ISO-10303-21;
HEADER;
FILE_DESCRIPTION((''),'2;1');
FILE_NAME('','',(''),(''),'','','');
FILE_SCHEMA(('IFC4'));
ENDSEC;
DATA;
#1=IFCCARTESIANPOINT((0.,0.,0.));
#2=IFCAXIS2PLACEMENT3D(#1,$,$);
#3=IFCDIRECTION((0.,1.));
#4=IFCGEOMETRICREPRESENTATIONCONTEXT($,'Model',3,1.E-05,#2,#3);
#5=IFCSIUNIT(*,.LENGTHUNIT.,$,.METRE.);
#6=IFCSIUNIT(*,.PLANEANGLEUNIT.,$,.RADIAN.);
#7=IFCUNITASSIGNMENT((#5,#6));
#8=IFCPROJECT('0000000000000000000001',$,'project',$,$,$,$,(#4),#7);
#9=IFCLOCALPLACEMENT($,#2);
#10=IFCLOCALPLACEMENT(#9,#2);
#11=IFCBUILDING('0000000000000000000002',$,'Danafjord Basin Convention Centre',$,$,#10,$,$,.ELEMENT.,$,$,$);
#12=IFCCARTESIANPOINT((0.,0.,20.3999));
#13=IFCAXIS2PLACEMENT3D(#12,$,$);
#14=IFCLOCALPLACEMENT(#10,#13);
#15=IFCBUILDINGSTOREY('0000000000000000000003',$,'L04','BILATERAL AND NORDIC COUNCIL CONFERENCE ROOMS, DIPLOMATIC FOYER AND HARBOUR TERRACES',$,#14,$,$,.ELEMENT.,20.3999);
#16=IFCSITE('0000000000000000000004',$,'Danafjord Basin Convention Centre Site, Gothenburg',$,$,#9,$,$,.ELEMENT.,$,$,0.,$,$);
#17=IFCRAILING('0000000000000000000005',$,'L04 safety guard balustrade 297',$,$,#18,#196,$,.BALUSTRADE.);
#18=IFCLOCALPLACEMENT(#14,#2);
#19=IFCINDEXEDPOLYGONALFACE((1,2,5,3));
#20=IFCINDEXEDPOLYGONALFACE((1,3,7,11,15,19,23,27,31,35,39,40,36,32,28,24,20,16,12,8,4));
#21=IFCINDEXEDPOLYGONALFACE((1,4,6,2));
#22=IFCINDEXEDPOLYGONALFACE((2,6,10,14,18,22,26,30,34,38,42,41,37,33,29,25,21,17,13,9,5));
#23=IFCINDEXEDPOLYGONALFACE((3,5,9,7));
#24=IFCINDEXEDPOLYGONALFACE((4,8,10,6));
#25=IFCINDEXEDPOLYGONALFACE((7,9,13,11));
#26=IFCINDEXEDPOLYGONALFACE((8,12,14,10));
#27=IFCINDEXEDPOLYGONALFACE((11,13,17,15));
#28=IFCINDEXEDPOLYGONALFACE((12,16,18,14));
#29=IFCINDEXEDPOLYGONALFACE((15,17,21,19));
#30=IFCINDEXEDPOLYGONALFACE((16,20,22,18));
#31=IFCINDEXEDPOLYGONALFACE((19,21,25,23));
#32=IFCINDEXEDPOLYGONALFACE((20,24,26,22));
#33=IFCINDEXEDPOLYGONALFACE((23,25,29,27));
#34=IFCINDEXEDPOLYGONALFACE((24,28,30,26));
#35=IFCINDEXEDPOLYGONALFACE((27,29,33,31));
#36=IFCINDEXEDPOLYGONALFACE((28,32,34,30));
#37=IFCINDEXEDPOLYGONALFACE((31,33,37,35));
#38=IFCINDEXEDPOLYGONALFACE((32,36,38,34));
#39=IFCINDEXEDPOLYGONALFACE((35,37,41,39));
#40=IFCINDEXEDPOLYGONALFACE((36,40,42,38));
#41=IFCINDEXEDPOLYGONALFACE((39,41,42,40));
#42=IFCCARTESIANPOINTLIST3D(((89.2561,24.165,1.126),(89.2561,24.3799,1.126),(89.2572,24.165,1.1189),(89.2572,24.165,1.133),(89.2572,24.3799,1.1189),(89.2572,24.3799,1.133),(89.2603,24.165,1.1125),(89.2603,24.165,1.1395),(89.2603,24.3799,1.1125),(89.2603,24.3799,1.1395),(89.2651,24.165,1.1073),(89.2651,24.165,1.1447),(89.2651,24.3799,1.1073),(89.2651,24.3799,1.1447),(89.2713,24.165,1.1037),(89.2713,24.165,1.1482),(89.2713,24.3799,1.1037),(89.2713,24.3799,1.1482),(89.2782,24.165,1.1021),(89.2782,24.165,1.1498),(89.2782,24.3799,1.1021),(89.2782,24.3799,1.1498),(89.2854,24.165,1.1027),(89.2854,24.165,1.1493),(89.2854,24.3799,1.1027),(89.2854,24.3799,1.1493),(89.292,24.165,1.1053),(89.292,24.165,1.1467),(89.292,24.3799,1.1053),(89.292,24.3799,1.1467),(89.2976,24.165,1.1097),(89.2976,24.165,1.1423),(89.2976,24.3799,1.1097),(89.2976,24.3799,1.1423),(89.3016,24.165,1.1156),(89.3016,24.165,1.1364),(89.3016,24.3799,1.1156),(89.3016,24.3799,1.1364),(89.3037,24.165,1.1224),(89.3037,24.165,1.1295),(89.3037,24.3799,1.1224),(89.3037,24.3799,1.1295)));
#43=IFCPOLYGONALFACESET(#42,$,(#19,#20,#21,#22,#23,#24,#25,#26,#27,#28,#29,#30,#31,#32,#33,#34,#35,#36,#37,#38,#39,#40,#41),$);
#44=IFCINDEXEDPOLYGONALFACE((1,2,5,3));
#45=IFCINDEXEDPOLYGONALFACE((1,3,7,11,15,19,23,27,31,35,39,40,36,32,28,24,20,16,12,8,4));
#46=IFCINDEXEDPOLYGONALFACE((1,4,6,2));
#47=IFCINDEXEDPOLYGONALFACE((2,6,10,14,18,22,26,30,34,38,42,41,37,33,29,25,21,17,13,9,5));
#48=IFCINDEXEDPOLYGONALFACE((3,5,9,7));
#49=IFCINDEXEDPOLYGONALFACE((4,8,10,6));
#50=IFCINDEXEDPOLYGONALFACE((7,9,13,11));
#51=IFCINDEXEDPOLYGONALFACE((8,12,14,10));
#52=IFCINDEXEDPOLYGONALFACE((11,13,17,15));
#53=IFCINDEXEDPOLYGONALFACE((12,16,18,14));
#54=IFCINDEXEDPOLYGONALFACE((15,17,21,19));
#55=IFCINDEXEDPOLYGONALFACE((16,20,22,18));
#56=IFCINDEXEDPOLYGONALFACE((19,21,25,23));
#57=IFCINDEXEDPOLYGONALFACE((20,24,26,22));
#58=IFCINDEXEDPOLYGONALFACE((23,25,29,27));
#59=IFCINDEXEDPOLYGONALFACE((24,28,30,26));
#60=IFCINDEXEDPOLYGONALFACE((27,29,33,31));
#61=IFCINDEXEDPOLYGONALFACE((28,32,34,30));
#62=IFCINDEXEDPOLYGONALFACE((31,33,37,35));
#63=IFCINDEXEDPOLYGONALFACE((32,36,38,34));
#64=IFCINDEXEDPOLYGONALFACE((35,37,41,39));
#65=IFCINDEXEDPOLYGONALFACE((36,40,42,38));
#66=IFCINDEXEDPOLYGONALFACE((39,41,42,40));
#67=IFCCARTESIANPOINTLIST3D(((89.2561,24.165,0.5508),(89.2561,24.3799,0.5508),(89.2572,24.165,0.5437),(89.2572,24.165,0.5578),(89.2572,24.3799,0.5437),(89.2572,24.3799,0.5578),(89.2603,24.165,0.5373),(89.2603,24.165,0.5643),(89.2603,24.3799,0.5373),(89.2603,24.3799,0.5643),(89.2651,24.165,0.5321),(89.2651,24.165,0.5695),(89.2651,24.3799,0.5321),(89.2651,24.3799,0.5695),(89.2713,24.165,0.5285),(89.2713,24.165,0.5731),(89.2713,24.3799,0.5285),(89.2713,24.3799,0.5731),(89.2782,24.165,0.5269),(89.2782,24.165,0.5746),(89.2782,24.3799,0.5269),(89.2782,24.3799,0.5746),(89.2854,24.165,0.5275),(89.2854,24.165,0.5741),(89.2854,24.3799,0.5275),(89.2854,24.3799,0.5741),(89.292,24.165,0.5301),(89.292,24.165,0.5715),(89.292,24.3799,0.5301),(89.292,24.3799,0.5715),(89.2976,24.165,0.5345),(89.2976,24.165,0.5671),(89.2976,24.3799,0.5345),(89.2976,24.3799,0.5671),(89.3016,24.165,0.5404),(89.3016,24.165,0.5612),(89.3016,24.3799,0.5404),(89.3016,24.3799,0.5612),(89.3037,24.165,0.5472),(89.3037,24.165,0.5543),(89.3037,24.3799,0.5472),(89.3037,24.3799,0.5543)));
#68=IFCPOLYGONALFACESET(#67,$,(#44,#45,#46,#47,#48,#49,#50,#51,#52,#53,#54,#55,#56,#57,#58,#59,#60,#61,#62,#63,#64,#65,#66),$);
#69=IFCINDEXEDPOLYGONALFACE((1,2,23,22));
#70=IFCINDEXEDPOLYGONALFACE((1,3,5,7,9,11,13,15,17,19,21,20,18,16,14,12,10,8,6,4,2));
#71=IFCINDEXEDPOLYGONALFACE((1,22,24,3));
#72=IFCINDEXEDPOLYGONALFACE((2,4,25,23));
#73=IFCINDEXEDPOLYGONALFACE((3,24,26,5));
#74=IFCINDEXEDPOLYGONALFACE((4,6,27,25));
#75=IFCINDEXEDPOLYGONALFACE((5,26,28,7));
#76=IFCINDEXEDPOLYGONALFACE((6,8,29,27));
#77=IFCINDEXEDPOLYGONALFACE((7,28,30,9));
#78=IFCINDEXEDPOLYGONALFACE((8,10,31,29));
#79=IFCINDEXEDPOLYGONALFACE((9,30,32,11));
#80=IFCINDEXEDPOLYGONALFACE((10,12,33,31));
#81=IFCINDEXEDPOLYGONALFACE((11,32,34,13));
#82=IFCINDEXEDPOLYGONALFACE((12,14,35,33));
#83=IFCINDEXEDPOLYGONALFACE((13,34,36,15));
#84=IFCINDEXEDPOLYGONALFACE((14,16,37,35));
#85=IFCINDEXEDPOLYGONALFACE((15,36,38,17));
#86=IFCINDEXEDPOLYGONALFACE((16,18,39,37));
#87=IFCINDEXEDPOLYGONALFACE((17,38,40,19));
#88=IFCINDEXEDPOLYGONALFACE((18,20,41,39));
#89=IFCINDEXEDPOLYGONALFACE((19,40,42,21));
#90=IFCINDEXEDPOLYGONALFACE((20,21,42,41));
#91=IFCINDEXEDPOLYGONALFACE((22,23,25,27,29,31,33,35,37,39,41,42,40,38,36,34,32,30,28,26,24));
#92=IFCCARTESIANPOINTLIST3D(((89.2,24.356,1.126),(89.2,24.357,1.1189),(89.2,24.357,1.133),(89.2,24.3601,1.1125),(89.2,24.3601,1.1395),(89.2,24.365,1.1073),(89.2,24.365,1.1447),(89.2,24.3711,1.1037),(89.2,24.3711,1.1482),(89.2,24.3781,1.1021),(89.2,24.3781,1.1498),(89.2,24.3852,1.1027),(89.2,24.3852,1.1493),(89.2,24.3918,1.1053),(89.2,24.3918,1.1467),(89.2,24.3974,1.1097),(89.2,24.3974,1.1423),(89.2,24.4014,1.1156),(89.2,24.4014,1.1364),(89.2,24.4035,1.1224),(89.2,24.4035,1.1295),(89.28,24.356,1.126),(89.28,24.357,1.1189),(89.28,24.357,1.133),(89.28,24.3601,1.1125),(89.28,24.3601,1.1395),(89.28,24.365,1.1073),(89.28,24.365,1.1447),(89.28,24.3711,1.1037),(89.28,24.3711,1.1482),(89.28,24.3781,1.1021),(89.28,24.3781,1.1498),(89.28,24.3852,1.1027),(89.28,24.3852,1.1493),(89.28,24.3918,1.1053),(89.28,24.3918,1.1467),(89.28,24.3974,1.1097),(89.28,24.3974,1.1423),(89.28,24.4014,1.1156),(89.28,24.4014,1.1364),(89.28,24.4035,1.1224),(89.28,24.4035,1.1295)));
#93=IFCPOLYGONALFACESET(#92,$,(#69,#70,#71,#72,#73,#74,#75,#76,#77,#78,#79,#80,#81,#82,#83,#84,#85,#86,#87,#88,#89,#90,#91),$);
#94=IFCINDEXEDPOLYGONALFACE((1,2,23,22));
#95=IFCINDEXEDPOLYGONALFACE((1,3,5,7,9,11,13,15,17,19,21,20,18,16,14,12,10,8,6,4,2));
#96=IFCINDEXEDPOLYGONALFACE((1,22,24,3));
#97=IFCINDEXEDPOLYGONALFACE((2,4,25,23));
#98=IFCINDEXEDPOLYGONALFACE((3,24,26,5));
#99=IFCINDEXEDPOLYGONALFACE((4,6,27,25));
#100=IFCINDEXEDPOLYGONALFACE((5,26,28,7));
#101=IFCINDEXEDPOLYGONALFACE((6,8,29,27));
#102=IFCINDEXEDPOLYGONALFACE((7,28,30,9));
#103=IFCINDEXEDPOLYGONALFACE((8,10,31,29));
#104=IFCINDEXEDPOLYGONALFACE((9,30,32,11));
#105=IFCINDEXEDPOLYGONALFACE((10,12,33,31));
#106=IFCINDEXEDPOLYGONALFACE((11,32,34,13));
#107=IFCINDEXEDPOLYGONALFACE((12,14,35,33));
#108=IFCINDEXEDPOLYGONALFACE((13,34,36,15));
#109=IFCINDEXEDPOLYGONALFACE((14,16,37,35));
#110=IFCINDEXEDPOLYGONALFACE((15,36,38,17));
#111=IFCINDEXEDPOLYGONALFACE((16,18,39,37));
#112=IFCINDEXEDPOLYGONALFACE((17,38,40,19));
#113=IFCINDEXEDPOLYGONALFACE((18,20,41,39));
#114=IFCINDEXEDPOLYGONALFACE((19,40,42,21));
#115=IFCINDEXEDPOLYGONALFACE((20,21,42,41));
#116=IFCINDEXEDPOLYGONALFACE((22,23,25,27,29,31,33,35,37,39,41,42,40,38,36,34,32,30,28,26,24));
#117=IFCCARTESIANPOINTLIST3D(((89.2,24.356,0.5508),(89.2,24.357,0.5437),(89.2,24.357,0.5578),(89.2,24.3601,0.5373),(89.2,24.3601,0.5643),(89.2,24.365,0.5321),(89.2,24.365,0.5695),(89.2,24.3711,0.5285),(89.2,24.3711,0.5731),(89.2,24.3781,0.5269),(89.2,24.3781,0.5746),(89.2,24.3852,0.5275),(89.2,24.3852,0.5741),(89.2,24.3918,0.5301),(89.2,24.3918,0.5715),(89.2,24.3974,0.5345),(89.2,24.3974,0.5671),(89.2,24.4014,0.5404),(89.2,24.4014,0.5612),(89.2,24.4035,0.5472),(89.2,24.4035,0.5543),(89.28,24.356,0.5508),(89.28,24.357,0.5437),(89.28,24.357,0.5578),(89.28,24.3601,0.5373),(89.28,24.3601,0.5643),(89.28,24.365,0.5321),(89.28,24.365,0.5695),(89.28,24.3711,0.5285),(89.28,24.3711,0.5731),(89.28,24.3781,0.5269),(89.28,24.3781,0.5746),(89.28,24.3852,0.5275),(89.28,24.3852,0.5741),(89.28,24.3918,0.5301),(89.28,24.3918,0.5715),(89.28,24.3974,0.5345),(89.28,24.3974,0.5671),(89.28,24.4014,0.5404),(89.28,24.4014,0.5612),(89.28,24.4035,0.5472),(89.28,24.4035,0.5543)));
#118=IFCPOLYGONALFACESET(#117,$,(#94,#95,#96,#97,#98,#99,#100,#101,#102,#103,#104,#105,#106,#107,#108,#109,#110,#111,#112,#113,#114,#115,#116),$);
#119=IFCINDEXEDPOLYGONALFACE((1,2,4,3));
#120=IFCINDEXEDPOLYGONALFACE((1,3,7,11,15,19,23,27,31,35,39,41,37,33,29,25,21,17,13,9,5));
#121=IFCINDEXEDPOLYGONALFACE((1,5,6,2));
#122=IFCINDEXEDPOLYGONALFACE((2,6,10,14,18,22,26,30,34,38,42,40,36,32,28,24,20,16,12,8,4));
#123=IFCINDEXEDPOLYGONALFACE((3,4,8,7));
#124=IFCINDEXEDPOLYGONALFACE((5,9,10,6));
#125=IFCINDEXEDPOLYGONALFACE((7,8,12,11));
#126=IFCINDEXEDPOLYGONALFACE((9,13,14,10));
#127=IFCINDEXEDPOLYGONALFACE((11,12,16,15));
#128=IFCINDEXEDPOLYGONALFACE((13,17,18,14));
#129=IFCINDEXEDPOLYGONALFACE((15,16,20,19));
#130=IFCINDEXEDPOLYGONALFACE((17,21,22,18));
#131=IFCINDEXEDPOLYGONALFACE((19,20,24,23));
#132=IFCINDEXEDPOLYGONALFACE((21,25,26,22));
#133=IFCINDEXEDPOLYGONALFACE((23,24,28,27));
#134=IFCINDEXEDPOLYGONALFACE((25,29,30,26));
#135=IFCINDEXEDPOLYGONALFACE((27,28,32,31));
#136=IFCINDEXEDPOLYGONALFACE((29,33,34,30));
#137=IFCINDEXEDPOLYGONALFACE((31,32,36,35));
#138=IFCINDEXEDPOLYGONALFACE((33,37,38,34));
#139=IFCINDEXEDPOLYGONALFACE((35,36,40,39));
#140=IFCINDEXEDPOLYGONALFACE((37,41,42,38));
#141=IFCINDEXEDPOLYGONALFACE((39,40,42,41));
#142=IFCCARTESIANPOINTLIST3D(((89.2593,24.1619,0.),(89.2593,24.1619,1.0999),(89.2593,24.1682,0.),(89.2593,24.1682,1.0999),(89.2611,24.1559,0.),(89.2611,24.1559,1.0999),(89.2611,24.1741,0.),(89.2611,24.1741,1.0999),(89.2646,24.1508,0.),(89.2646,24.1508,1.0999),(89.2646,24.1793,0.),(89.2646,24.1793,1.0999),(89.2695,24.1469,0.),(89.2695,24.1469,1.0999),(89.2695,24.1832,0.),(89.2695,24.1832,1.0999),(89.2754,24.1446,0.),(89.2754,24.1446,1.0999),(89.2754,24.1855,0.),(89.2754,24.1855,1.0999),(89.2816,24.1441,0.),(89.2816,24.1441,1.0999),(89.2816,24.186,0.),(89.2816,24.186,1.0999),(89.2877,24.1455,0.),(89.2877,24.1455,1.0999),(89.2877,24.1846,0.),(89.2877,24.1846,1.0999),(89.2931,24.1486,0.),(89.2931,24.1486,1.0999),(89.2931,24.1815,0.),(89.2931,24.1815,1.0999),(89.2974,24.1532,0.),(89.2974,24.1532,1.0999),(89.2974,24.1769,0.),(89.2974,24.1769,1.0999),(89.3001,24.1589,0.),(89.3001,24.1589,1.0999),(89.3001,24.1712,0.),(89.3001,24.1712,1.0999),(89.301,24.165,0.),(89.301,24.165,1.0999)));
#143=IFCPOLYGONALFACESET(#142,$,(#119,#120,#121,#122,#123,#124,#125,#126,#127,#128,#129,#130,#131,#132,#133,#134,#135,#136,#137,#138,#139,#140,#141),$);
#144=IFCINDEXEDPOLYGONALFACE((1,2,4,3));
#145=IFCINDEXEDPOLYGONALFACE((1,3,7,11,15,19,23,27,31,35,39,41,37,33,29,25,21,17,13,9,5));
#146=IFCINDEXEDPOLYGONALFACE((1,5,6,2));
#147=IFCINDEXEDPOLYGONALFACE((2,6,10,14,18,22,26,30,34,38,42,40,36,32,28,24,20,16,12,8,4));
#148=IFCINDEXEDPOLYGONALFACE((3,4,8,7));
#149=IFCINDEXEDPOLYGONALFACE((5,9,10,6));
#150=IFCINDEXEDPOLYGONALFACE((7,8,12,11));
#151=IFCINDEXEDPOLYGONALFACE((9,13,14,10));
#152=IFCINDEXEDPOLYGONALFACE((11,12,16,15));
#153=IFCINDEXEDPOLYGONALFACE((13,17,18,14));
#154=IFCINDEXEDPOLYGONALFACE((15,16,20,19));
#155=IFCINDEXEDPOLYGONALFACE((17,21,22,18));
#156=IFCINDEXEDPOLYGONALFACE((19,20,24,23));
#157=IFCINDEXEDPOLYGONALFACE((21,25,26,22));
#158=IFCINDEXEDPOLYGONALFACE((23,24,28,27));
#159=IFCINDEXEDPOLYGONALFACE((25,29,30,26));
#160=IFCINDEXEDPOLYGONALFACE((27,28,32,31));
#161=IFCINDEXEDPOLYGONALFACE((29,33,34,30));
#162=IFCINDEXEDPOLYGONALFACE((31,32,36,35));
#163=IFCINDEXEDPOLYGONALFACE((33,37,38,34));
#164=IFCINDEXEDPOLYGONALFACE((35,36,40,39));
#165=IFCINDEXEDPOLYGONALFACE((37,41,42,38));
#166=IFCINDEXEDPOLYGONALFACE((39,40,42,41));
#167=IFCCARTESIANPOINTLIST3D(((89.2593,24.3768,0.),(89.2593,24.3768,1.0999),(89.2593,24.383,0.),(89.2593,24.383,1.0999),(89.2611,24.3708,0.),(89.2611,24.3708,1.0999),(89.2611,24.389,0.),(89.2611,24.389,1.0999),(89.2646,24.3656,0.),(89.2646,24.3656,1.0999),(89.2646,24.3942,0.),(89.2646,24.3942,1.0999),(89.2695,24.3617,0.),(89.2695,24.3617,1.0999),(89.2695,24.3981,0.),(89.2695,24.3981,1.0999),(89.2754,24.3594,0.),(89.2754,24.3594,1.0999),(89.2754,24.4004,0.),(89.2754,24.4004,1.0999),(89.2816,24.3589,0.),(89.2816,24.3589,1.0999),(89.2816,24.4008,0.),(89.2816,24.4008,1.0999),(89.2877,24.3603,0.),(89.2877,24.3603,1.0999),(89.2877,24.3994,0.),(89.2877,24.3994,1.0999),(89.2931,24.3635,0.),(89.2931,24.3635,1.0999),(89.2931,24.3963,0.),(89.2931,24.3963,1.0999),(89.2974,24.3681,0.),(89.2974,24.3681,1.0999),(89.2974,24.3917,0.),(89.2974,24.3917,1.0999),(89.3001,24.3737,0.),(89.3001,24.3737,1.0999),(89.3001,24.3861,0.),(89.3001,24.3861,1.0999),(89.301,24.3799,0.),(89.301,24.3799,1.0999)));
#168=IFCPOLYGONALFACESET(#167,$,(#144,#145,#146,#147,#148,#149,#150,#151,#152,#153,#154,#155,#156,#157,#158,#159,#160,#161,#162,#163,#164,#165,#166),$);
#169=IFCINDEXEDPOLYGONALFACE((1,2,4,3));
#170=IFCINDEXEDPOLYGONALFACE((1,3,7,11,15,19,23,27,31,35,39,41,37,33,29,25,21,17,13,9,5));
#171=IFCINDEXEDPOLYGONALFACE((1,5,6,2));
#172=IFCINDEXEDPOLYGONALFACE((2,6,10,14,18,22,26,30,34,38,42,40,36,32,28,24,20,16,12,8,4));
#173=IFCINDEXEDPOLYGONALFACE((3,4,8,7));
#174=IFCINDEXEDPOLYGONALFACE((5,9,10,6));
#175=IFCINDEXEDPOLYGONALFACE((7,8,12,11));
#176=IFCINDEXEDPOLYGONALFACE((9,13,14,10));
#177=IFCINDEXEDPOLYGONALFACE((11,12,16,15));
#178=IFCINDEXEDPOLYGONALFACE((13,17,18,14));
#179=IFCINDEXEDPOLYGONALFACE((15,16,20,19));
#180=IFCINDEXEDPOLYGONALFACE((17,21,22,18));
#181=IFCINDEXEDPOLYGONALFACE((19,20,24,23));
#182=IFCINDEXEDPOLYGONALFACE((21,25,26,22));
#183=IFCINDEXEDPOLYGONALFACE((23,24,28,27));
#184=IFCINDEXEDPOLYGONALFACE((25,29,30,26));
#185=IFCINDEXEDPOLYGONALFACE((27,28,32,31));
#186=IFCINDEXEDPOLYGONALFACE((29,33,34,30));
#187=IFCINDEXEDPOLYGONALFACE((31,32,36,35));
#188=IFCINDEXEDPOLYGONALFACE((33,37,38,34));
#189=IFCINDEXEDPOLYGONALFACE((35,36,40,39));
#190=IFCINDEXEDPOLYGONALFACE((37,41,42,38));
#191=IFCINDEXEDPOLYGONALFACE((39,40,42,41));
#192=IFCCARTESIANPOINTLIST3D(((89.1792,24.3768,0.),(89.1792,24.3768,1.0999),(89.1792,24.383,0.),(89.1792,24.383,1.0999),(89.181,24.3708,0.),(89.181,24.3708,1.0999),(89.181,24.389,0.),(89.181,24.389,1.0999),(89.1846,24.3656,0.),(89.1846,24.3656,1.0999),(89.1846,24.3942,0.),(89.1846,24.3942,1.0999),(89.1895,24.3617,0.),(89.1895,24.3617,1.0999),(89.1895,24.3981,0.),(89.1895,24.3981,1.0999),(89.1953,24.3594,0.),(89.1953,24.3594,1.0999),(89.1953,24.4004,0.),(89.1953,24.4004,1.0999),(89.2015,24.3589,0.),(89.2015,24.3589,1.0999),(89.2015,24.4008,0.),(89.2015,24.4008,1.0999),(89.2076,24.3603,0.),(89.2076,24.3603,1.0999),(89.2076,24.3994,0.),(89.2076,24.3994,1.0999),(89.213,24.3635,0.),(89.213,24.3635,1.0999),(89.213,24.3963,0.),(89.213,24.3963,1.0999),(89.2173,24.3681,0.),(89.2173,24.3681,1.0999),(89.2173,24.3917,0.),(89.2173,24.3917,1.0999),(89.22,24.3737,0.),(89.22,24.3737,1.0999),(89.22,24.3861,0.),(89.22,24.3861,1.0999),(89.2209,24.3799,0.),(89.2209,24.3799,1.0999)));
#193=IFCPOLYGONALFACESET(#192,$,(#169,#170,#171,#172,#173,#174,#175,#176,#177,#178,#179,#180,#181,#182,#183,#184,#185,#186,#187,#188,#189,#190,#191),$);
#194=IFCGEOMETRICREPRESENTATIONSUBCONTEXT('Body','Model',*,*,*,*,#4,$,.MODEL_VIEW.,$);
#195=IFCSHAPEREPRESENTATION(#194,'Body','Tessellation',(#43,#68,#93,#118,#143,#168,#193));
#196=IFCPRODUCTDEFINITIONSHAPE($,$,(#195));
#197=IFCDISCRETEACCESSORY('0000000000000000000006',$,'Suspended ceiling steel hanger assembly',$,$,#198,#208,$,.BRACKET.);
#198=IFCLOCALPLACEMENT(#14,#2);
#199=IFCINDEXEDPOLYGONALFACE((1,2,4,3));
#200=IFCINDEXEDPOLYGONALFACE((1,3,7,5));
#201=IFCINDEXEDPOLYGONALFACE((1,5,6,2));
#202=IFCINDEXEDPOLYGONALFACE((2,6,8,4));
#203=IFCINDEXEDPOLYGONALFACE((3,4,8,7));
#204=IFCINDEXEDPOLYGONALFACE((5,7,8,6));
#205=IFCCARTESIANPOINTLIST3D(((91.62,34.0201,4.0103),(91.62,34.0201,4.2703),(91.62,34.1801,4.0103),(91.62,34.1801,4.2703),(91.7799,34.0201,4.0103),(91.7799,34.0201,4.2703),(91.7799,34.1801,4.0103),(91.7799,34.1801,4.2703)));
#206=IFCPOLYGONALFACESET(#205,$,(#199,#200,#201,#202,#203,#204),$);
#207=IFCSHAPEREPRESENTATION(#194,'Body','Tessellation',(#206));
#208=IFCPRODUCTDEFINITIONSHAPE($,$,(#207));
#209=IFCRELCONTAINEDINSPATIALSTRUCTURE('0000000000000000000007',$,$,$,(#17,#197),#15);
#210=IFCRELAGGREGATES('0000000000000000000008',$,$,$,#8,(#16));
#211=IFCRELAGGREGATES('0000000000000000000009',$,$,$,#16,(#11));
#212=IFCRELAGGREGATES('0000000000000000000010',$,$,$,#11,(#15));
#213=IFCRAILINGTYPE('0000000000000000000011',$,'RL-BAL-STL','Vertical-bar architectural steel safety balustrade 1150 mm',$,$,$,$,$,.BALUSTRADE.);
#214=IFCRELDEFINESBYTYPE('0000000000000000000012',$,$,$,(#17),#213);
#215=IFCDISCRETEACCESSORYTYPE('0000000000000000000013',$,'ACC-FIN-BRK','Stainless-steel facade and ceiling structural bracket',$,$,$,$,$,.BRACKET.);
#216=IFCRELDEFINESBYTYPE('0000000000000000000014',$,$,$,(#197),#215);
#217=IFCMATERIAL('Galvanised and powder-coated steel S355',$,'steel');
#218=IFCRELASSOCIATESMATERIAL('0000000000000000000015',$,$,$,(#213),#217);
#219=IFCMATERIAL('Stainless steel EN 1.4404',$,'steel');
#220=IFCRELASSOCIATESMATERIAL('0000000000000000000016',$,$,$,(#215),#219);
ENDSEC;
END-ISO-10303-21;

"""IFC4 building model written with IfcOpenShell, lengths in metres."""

from ifc_helpers import new_model, si_unit, direction, frame, origin, origin_2d, place, context, subcontext, project, spatial, rectangle, circle, extrude, material, type_object, element, save


model = new_model("IFC4")

# Units and contexts
model_context = context("Model", 3, precision=1e-05, world=origin(), true_north=direction((0.0, 1.0)))
body_context = subcontext(model_context, "Body", "Model", "MODEL_VIEW")
ifc_project = project(units=[si_unit("LENGTHUNIT", "METRE"), si_unit("PLANEANGLEUNIT", "RADIAN")], contexts=[model_context])

# Site, building, storey
site_placement = place(None, origin())
site = spatial("IfcSite", under=ifc_project, at=site_placement, Name="Danafjord Basin Convention Centre Site, Gothenburg", CompositionType="ELEMENT", RefElevation=0.0)
building_placement = place(site_placement, origin())
building = spatial("IfcBuilding", under=site, at=building_placement, Name="Danafjord Basin Convention Centre", CompositionType="ELEMENT")
storey_placement = place(building_placement, frame((0.0, 0.0, 20.3999)))
storey = spatial("IfcBuildingStorey", under=building, at=storey_placement, Name="L04", Description="BILATERAL AND NORDIC COUNCIL CONFERENCE ROOMS, DIPLOMATIC FOYER AND HARBOUR TERRACES", CompositionType="ELEMENT", Elevation=20.3999)

# Railing
ifc_material_1 = material(Name="Galvanised and powder-coated steel S355", Category="steel")
railing_type_1 = type_object("IfcRailingType", Name="RL-BAL-STL", Description="Vertical-bar architectural steel safety balustrade 1150 mm", PredefinedType="BALUSTRADE", material=ifc_material_1)
railing_1_placement = place(storey_placement, frame((89.28, 24.165, 0.0)))
element("IfcRailing", 1, at=railing_1_placement, inside=storey, type_object=railing_type_1, Name="L04 safety guard balustrade 297", PredefinedType="BALUSTRADE", context=body_context, shape_type="SweptSolid", body=[
    extrude(circle(Radius=0.0239, at=origin_2d()), frame((0.0, 0.0, 1.126), z_axis=(0.0, 1.0, 0.0), x_axis=(-1.0, 0.0, 0.0)), (0.0, 0.0, 1.0), 0.2148),
    extrude(circle(Radius=0.0239, at=origin_2d()), frame((0.0, 0.0, 0.5508), z_axis=(0.0, 1.0, 0.0), x_axis=(-1.0, 0.0, 0.0)), (0.0, 0.0, 1.0), 0.2148),
    extrude(circle(Radius=0.0239, at=origin_2d()), frame((0.0, 0.2148, 1.126), z_axis=(-1.0, 0.0, 0.0), x_axis=(0.0, -1.0, 0.0)), (0.0, 0.0, 1.0), 0.0801),
    extrude(circle(Radius=0.0239, at=origin_2d()), frame((0.0, 0.2148, 0.5508), z_axis=(-1.0, 0.0, 0.0), x_axis=(0.0, -1.0, 0.0)), (0.0, 0.0, 1.0), 0.0801),
    extrude(circle(Radius=0.021, at=origin_2d()), origin(), (0.0, 0.0, 1.0), 1.0999),
    extrude(circle(Radius=0.021, at=origin_2d()), frame((0.0, 0.2148, 0.0)), (0.0, 0.0, 1.0), 1.0999),
    extrude(circle(Radius=0.021, at=origin_2d()), frame((-0.0801, 0.2148, 0.0)), (0.0, 0.0, 1.0), 1.0999),
])

# Discrete accessory
ifc_material_2 = material(Name="Stainless steel EN 1.4404", Category="steel")
discrete_accessory_type_1 = type_object("IfcDiscreteAccessoryType", Name="ACC-FIN-BRK", Description="Stainless-steel facade and ceiling structural bracket", PredefinedType="BRACKET", material=ifc_material_2)
discrete_accessory_placement = place(storey_placement, frame((91.7, 34.1001, 4.0103), z_axis=(0.0, 0.0, 1.0), x_axis=(1.0, 0.0, 0.0)))
element("IfcDiscreteAccessory", 2, at=discrete_accessory_placement, inside=storey, type_object=discrete_accessory_type_1, Name="Suspended ceiling steel hanger assembly", PredefinedType="BRACKET", context=body_context, shape_type="SweptSolid", body=[
    extrude(rectangle(XDim=0.1599, YDim=0.1599, at=origin_2d()), origin(), (0.0, 0.0, 1.0), 0.26),
])

save(model, "model.ifc")
